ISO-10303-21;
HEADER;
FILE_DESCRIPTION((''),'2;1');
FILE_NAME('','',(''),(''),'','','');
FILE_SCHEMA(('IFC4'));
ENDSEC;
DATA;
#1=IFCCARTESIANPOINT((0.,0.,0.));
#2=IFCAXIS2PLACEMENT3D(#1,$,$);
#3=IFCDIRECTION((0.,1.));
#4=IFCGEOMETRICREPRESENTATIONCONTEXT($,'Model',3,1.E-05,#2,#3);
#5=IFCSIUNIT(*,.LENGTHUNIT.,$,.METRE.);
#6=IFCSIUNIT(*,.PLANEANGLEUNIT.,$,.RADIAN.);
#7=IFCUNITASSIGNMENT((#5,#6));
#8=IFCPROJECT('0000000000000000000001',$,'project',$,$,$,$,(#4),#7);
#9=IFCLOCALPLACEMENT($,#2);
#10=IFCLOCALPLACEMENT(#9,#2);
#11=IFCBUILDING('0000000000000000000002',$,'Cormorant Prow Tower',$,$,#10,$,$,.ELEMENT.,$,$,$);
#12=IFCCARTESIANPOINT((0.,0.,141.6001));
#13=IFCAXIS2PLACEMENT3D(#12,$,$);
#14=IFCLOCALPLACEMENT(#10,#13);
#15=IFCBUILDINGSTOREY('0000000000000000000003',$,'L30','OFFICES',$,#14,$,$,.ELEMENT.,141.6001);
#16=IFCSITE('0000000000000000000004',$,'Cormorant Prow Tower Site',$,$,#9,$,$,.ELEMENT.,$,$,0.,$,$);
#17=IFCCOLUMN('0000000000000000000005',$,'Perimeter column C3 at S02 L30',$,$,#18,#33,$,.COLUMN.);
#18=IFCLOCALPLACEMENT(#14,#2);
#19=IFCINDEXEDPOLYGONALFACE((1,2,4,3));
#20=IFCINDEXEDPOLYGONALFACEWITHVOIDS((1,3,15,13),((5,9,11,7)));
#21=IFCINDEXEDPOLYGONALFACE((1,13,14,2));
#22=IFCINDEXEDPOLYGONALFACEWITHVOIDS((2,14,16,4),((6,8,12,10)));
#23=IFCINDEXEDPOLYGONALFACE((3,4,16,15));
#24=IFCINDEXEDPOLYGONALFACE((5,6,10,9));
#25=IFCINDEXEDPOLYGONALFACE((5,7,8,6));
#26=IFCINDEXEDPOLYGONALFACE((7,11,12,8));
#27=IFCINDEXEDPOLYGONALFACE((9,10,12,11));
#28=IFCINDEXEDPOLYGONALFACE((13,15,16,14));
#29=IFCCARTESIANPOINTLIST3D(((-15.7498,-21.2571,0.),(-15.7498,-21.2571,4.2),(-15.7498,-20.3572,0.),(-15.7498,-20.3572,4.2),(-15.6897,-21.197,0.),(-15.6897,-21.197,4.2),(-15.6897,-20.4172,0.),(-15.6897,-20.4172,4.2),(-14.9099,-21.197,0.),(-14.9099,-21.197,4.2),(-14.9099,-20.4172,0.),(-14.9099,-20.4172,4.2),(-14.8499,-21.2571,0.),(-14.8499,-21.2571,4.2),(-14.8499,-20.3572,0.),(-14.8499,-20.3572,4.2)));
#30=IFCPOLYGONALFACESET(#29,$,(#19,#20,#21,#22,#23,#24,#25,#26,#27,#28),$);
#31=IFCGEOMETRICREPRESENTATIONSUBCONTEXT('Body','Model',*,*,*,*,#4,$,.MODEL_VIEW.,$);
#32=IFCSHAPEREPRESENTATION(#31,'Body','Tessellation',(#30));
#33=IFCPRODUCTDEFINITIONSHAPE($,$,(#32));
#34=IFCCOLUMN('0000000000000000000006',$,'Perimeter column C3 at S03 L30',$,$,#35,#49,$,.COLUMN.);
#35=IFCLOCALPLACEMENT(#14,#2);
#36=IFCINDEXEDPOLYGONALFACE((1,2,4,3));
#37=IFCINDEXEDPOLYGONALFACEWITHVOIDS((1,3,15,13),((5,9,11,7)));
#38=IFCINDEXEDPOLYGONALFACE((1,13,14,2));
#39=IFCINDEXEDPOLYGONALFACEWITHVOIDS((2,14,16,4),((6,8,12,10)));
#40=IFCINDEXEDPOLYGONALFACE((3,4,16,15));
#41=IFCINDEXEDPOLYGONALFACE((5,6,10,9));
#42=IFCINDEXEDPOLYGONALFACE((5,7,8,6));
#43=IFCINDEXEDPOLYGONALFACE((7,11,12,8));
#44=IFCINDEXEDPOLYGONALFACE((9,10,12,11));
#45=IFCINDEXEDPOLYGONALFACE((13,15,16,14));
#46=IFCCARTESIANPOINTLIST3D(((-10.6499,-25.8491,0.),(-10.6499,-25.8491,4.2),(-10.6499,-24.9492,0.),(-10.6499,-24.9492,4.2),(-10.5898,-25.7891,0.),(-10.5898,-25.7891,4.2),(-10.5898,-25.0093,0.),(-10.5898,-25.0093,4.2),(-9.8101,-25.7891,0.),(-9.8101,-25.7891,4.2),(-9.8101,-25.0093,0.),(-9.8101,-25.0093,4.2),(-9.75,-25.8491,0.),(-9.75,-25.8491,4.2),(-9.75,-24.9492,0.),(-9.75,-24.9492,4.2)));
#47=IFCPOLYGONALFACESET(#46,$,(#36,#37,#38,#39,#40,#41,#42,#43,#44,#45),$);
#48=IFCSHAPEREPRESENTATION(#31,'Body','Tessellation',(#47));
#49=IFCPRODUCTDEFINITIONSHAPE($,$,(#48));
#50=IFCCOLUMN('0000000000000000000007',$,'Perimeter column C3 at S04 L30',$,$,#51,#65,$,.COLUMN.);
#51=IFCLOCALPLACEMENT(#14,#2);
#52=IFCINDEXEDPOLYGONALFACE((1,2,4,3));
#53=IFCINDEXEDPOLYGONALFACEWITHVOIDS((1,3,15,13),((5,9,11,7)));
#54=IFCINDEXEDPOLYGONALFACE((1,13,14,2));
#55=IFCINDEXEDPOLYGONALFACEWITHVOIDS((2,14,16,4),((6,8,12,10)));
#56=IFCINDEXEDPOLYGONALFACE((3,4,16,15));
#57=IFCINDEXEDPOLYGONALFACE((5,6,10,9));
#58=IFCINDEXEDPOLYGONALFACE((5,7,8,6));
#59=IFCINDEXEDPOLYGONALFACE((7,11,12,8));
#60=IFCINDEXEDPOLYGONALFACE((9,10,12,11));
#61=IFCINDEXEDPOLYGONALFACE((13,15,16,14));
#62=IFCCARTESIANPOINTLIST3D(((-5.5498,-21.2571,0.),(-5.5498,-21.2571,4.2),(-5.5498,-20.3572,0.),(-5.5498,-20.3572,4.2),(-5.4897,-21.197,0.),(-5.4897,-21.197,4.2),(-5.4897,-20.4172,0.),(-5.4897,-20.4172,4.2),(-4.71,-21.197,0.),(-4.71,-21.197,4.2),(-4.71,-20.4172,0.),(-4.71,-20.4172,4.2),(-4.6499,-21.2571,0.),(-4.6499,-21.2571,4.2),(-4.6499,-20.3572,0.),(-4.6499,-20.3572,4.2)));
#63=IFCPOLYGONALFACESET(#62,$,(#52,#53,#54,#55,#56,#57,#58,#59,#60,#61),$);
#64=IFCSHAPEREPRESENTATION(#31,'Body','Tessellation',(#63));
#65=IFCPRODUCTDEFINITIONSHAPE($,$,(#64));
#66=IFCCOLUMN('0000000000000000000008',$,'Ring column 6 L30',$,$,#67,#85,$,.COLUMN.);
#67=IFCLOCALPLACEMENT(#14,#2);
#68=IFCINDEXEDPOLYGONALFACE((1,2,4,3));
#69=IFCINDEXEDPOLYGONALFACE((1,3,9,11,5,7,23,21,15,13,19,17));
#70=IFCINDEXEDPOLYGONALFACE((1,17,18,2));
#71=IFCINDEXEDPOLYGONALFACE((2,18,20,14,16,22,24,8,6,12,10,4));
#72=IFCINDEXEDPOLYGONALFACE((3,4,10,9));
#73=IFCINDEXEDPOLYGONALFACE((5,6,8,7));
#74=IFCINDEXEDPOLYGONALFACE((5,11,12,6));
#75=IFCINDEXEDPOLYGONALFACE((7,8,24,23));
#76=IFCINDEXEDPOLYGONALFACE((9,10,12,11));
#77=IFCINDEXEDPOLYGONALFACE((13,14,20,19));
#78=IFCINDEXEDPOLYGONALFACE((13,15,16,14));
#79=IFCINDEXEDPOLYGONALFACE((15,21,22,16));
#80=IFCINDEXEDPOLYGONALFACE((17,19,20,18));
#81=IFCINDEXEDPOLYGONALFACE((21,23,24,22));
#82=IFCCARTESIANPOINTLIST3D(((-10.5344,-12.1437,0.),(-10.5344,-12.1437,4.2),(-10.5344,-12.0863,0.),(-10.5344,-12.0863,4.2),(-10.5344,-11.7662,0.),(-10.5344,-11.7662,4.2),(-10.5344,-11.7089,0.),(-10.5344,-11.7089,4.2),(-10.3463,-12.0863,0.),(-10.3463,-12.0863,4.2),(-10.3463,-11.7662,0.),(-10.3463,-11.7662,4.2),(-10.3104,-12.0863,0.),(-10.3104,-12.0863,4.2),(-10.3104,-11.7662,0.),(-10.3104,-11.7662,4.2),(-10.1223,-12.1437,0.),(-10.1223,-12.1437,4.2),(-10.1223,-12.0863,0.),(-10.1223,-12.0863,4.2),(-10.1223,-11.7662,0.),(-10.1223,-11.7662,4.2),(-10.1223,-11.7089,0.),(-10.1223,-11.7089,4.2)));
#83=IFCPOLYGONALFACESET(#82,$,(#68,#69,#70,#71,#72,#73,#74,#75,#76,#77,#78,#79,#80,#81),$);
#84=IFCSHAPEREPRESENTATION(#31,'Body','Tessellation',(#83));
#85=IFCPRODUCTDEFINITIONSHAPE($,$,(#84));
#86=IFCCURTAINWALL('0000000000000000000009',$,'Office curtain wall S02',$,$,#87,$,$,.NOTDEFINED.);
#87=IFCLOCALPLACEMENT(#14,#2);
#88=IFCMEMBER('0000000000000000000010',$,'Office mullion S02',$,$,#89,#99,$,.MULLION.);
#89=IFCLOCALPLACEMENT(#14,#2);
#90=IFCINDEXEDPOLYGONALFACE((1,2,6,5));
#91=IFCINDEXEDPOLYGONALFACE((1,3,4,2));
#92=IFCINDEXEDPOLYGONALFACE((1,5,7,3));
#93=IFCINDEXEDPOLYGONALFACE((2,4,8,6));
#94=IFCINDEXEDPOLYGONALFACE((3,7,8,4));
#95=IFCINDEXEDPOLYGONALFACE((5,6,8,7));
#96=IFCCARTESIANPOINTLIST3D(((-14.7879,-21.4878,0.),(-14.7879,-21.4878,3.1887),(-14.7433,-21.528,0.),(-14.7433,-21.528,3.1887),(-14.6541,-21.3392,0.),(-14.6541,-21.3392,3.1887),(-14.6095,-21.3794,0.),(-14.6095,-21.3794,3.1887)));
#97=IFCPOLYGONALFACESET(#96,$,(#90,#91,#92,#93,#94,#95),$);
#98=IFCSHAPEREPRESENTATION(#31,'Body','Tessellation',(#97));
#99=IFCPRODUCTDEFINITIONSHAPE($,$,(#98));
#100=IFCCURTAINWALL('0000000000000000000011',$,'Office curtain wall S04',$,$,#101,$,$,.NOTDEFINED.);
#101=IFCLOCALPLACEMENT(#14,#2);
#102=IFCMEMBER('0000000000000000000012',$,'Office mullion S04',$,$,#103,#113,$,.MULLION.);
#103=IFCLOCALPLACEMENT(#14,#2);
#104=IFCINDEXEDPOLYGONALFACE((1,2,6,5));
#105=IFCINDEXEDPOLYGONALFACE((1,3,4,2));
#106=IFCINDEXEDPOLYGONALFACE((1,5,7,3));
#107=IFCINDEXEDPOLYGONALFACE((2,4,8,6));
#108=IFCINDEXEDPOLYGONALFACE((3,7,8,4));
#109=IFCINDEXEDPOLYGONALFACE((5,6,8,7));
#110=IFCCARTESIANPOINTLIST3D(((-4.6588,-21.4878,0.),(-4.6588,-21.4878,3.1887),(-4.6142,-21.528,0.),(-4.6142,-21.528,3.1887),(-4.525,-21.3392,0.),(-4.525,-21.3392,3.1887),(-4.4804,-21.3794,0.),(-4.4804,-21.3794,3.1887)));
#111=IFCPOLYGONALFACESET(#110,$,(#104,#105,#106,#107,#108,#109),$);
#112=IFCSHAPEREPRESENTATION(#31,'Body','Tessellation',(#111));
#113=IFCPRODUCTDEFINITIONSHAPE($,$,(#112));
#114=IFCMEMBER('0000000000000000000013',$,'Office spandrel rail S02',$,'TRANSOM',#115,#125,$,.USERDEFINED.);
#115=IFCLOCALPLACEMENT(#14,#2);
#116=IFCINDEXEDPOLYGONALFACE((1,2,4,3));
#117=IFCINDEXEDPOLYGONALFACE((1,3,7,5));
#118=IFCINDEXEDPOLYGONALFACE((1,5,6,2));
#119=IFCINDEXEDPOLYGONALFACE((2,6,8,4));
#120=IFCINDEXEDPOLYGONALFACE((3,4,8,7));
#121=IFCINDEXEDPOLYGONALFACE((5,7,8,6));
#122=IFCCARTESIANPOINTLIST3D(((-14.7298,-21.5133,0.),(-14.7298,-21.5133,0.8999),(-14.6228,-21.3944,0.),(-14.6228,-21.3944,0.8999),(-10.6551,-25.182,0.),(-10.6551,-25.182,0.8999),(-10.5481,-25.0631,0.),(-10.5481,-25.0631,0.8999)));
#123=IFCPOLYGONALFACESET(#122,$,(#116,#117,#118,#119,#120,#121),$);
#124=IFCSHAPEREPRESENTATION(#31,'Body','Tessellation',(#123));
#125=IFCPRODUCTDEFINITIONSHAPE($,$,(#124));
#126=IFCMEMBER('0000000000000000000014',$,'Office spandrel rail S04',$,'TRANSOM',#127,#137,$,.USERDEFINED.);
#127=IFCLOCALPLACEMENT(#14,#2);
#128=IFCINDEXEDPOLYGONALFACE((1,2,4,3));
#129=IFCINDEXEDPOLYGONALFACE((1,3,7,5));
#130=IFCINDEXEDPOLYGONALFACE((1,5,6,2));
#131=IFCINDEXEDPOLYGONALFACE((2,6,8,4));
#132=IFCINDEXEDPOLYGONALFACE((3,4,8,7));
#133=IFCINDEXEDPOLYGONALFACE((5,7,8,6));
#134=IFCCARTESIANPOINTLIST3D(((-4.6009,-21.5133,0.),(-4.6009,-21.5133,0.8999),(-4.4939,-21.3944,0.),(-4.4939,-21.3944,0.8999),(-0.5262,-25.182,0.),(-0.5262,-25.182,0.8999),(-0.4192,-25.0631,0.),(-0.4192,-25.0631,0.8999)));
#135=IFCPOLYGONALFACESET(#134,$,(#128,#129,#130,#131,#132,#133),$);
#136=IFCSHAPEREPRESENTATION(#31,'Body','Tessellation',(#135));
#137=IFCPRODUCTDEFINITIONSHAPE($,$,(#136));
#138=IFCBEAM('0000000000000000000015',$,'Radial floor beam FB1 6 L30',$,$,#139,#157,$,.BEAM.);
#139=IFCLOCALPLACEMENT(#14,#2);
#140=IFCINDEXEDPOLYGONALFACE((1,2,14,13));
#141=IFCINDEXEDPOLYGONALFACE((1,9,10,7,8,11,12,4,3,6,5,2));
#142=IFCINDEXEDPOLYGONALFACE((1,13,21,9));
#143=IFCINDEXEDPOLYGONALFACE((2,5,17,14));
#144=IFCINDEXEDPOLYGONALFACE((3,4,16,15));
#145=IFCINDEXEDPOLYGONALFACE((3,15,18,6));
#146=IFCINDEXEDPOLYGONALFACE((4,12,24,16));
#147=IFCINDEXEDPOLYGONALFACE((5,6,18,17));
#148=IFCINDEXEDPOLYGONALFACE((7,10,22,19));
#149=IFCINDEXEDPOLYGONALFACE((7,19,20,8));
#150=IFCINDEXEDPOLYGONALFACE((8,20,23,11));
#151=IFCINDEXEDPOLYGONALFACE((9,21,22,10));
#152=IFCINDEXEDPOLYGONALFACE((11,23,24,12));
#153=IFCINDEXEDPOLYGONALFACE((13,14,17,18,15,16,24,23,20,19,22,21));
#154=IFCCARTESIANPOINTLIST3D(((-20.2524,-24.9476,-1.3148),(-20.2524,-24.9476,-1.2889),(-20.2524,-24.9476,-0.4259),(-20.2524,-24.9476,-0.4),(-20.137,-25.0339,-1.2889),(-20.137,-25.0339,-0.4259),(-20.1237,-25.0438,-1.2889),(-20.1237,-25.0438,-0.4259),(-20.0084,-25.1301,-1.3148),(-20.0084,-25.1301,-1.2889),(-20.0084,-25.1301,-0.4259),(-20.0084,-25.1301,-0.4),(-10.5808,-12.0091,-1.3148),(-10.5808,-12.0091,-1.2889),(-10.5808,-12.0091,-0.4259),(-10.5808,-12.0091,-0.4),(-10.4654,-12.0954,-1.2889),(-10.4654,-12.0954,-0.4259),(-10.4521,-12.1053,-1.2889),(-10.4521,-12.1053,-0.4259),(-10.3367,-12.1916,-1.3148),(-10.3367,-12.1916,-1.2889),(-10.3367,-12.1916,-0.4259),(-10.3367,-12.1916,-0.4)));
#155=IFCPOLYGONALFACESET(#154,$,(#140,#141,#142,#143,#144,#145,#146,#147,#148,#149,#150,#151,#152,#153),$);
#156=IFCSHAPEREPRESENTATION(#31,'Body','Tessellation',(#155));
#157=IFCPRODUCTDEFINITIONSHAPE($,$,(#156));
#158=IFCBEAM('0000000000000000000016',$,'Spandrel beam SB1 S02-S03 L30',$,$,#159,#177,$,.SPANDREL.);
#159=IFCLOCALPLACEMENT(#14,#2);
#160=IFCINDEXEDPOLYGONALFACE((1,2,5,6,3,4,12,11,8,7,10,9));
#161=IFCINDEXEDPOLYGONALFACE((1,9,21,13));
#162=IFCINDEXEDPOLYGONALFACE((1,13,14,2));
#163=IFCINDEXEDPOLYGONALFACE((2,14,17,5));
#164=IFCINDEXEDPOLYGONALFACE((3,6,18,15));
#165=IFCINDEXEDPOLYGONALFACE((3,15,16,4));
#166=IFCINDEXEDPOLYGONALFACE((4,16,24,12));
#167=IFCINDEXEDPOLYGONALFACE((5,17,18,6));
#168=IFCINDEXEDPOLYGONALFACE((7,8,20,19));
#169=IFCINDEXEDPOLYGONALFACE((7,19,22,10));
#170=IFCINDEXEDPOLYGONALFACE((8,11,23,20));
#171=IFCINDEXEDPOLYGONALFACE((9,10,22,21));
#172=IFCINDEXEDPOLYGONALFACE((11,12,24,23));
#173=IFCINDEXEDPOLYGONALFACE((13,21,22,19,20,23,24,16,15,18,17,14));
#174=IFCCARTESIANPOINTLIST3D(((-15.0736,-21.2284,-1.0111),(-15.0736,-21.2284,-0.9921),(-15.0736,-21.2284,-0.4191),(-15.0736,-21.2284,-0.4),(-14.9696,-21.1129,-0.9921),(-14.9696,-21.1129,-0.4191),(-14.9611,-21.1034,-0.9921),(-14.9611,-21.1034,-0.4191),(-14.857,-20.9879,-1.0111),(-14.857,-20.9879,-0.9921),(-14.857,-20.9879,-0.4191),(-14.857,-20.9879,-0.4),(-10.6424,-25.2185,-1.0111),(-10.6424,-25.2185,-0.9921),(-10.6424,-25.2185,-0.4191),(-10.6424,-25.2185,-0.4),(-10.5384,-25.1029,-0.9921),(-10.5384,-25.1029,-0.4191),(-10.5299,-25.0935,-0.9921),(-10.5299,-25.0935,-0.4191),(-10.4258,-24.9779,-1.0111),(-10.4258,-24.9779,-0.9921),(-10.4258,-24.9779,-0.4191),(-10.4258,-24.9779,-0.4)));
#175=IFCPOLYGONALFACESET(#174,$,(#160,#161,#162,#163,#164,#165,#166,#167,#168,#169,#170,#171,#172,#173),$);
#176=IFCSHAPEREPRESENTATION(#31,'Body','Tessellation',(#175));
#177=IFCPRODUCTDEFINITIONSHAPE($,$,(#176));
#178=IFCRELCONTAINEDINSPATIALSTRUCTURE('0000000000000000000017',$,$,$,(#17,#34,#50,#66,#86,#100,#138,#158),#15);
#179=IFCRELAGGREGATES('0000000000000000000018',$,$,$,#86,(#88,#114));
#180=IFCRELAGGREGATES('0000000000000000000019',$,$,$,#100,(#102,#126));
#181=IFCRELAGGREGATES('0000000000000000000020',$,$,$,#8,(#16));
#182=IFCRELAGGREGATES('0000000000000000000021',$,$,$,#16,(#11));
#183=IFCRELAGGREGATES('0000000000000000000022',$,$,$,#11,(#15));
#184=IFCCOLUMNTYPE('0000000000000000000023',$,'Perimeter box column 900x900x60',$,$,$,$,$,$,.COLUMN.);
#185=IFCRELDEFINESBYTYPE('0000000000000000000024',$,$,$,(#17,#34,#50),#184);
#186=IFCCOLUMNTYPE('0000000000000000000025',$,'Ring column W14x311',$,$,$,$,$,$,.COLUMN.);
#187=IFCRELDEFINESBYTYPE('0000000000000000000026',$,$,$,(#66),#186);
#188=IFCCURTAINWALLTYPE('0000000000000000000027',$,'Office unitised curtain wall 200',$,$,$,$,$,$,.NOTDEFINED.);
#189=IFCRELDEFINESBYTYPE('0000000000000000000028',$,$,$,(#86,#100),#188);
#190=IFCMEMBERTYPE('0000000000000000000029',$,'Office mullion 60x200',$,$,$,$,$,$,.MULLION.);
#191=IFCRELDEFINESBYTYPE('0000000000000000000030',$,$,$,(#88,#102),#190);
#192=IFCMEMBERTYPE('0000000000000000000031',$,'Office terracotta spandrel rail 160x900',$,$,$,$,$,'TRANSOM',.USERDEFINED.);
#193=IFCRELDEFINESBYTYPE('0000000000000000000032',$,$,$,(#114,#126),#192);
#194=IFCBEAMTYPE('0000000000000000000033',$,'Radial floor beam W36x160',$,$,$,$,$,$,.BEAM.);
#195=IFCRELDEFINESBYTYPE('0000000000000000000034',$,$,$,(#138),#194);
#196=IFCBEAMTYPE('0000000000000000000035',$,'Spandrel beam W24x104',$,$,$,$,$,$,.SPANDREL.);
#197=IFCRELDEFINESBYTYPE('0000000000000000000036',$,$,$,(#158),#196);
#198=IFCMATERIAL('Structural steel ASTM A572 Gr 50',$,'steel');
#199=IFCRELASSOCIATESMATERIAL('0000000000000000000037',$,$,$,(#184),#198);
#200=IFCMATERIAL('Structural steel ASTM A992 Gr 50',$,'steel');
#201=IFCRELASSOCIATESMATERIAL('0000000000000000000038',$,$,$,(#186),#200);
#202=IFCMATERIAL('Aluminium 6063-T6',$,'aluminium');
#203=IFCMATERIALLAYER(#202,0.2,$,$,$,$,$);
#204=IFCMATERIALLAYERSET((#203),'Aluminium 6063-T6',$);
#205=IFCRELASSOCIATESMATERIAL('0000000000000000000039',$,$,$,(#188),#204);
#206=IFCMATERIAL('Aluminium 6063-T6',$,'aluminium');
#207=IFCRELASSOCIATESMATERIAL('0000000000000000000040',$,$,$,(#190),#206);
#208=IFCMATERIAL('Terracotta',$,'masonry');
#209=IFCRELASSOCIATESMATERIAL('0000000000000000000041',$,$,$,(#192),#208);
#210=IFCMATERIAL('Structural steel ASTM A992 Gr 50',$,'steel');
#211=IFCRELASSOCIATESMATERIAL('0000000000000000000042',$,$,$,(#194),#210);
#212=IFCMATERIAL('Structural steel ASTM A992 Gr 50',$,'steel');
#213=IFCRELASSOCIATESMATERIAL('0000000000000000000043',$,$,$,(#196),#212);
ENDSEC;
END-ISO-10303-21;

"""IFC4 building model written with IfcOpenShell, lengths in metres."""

from ifc_helpers import new_model, si_unit, direction, frame, origin, origin_2d, place, context, subcontext, project, spatial, rectangle, hollow_rectangle, i_section, extrude, material, layer, layer_set, material_profile, profile_set, type_object, element, aggregate, save


model = new_model("IFC4")

# Units and contexts
model_context = context("Model", 3, precision=1e-05, world=origin(), true_north=direction((0.0, 1.0)))
body_context = subcontext(model_context, "Body", "Model", "MODEL_VIEW")
ifc_project = project(units=[si_unit("LENGTHUNIT", "METRE"), si_unit("PLANEANGLEUNIT", "RADIAN")], contexts=[model_context])

# Site, building, storey
site_placement = place(None, origin())
site = spatial("IfcSite", under=ifc_project, at=site_placement, Name="Cormorant Prow Tower Site", CompositionType="ELEMENT", RefElevation=0.0)
building_placement = place(site_placement, origin())
building = spatial("IfcBuilding", under=site, at=building_placement, Name="Cormorant Prow Tower", CompositionType="ELEMENT")
storey_placement = place(building_placement, frame((0.0, 0.0, 141.6001)))
storey = spatial("IfcBuildingStorey", under=building, at=storey_placement, Name="L30", Description="OFFICES", CompositionType="ELEMENT", Elevation=141.6001)

# Columns
ifc_material_1 = material(Name="Structural steel ASTM A572 Gr 50", Category="steel")
ifc_material_profile_1 = material_profile(ifc_material_1, hollow_rectangle(XDim=0.8999, YDim=0.8999, WallThickness=0.0601, at=origin_2d()), Name="Box 900x900x60")
ifc_profile_set_1 = profile_set([ifc_material_profile_1], Name="Structural steel ASTM A572 Gr 50")
column_type_1 = type_object("IfcColumnType", Name="Perimeter box column 900x900x60", PredefinedType="COLUMN", material=ifc_profile_set_1)
for number, where, z_axis, x_axis, name in (
    (1, (-15.2998, -20.8071, 0.0), (0.0, 0.0, 1.0), (1.0, 0.0, 0.0), "Perimeter column C3 at S02 L30"),
    (2, (-10.2, -25.3992, 0.0), (0.0, 0.0, 1.0), (1.0, 0.0, 0.0), "Perimeter column C3 at S03 L30"),
    (3, (-5.0999, -20.8071, 0.0), (0.0, 0.0, 1.0), (1.0, 0.0, 0.0), "Perimeter column C3 at S04 L30"),
):
    element("IfcColumn", number, at=place(storey_placement, frame(where, z_axis=z_axis, x_axis=x_axis)), inside=storey, type_object=column_type_1, Name=name, PredefinedType="COLUMN", context=body_context, shape_type="SweptSolid", body=[
        extrude(hollow_rectangle(XDim=0.8999, YDim=0.8999, WallThickness=0.0601, at=origin_2d()), origin(), (0.0, 0.0, 1.0), 4.2),
    ])
ifc_material_2 = material(Name="Structural steel ASTM A992 Gr 50", Category="steel")
ifc_material_profile_2 = material_profile(ifc_material_2, i_section(OverallWidth=0.4121, OverallDepth=0.4348, WebThickness=0.0359, FlangeThickness=0.0574, at=origin_2d()), Name="W14x311")
ifc_profile_set_2 = profile_set([ifc_material_profile_2], Name="Structural steel ASTM A992 Gr 50")
column_type_2 = type_object("IfcColumnType", Name="Ring column W14x311", PredefinedType="COLUMN", material=ifc_profile_set_2)
column_placement = place(storey_placement, frame((-10.3284, -11.9263, 0.0), z_axis=(0.0, 0.0, 1.0), x_axis=(1.0, 0.0, 0.0)))
element("IfcColumn", 4, at=column_placement, inside=storey, type_object=column_type_2, Name="Ring column 6 L30", PredefinedType="COLUMN", context=body_context, shape_type="SweptSolid", body=[
    extrude(i_section(OverallWidth=0.4121, OverallDepth=0.4348, WebThickness=0.0359, FlangeThickness=0.0574, at=origin_2d()), origin(), (0.0, 0.0, 1.0), 4.2),
])

# Curtain walls, members
ifc_material_3 = material(Name="Aluminium 6063-T6", Category="aluminium")
ifc_layer_1 = layer(ifc_material_3, 0.2)
ifc_layer_set_1 = layer_set([ifc_layer_1], Name="Aluminium 6063-T6")
curtain_wall_type = type_object("IfcCurtainWallType", Name="Office unitised curtain wall 200", PredefinedType="NOTDEFINED", material=ifc_layer_set_1)
curtain_wall_1_placement = place(storey_placement, origin())
curtain_wall_1 = element("IfcCurtainWall", 5, at=curtain_wall_1_placement, inside=storey, type_object=curtain_wall_type, Name="Office curtain wall S02", PredefinedType="NOTDEFINED")
ifc_material_4 = material(Name="Aluminium 6063-T6", Category="aluminium")
ifc_material_profile_3 = material_profile(ifc_material_4, rectangle(XDim=0.2, YDim=0.0601, at=origin_2d()), Name="Office mullion 60x200")
ifc_profile_set_3 = profile_set([ifc_material_profile_3], Name="Aluminium 6063-T6")
member_type_1 = type_object("IfcMemberType", Name="Office mullion 60x200", PredefinedType="MULLION", material=ifc_profile_set_3)
member_1_placement = place(storey_placement, frame((-14.6987, -21.4336, 0.0), z_axis=(0.0, 0.0, 1.0), x_axis=(0.669131, 0.743145, 0.0)))
member_1 = element("IfcMember", 6, at=member_1_placement, type_object=member_type_1, Name="Office mullion S02", PredefinedType="MULLION", context=body_context, shape_type="SweptSolid", body=[
    extrude(rectangle(XDim=0.2, YDim=0.0601, at=origin_2d()), origin(), (0.0, 0.0, 1.0), 3.1887),
])
curtain_wall_2_placement = place(storey_placement, origin())
curtain_wall_2 = element("IfcCurtainWall", 7, at=curtain_wall_2_placement, inside=storey, type_object=curtain_wall_type, Name="Office curtain wall S04", PredefinedType="NOTDEFINED")
member_2_placement = place(storey_placement, frame((-4.5696, -21.4336, 0.0), z_axis=(0.0, 0.0, 1.0), x_axis=(0.669131, 0.743145, 0.0)))
member_2 = element("IfcMember", 8, at=member_2_placement, type_object=member_type_1, Name="Office mullion S04", PredefinedType="MULLION", context=body_context, shape_type="SweptSolid", body=[
    extrude(rectangle(XDim=0.2, YDim=0.0601, at=origin_2d()), origin(), (0.0, 0.0, 1.0), 3.1887),
])

# Members
ifc_material_5 = material(Name="Terracotta", Category="masonry")
ifc_material_profile_4 = material_profile(ifc_material_5, rectangle(XDim=0.1599, YDim=0.8999, at=origin_2d()), Name="Office terracotta spandrel rail 160x900")
ifc_profile_set_4 = profile_set([ifc_material_profile_4], Name="Terracotta")
member_type_2 = type_object("IfcMemberType", Name="Office terracotta spandrel rail 160x900", ElementType="TRANSOM", PredefinedType="USERDEFINED", material=ifc_profile_set_4)
member_3_placement = place(storey_placement, frame((-14.6763, -21.4539, 0.45), z_axis=(0.743161, -0.669112, 0.0), x_axis=(0.669112, 0.743161, 0.0)))
member_3 = element("IfcMember", 9, at=member_3_placement, type_object=member_type_2, Name="Office spandrel rail S02", ObjectType="TRANSOM", PredefinedType="USERDEFINED", context=body_context, shape_type="SweptSolid", body=[
    extrude(rectangle(XDim=0.1599, YDim=0.8999, at=origin_2d()), origin(), (0.0, 0.0, 1.0), 5.4829),
])
member_4_placement = place(storey_placement, frame((-4.5474, -21.4539, 0.45), z_axis=(0.743161, -0.669112, 0.0), x_axis=(0.669112, 0.743161, 0.0)))
member_4 = element("IfcMember", 10, at=member_4_placement, type_object=member_type_2, Name="Office spandrel rail S04", ObjectType="TRANSOM", PredefinedType="USERDEFINED", context=body_context, shape_type="SweptSolid", body=[
    extrude(rectangle(XDim=0.1599, YDim=0.8999, at=origin_2d()), origin(), (0.0, 0.0, 1.0), 5.4829),
])

# Beams
ifc_material_6 = material(Name="Structural steel ASTM A992 Gr 50", Category="steel")
ifc_material_profile_5 = material_profile(ifc_material_6, i_section(OverallWidth=0.3047, OverallDepth=0.9148, WebThickness=0.0166, FlangeThickness=0.0259, at=origin_2d()), Name="W36x160")
ifc_profile_set_5 = profile_set([ifc_material_profile_5], Name="Structural steel ASTM A992 Gr 50")
beam_type_1 = type_object("IfcBeamType", Name="Radial floor beam W36x160", PredefinedType="BEAM", material=ifc_profile_set_5)
beam_placement = place(storey_placement, frame((-10.4587, -12.1003, -0.8574), z_axis=(-0.598722, -0.800957, 0.0), x_axis=(0.800957, -0.598722, 0.0)))
element("IfcBeam", 11, at=beam_placement, inside=storey, type_object=beam_type_1, Name="Radial floor beam FB1 6 L30", PredefinedType="BEAM", context=body_context, shape_type="SweptSolid", body=[
    extrude(i_section(OverallWidth=0.3047, OverallDepth=0.9148, WebThickness=0.0166, FlangeThickness=0.0259, at=origin_2d()), origin(), (0.0, 0.0, 1.0), 16.1538),
])
ifc_material_7 = material(Name="Structural steel ASTM A992 Gr 50", Category="steel")
ifc_material_profile_6 = material_profile(ifc_material_7, i_section(OverallWidth=0.3237, OverallDepth=0.6111, WebThickness=0.0127, FlangeThickness=0.019, at=origin_2d()), Name="W24x104")
ifc_profile_set_6 = profile_set([ifc_material_profile_6], Name="Structural steel ASTM A992 Gr 50")
beam_type_2 = type_object("IfcBeamType", Name="Spandrel beam W24x104", PredefinedType="SPANDREL", material=ifc_profile_set_6)
for number, where, z_axis, x_axis, name in (
    (12, (-14.9653, -21.1082, -0.7056), (0.743131, -0.669146, 0.0), (0.669146, 0.743131, 0.0), "Spandrel beam SB1 S02-S03 L30"),
):
    element("IfcBeam", number, at=place(storey_placement, frame(where, z_axis=z_axis, x_axis=x_axis)), inside=storey, type_object=beam_type_2, Name=name, PredefinedType="SPANDREL", context=body_context, shape_type="SweptSolid", body=[
        extrude(i_section(OverallWidth=0.3237, OverallDepth=0.6111, WebThickness=0.0127, FlangeThickness=0.019, at=origin_2d()), origin(), (0.0, 0.0, 1.0), 5.9629),
    ])

aggregate(curtain_wall_1, [member_1, member_3])
aggregate(curtain_wall_2, [member_2, member_4])

save(model, "model.ifc")
